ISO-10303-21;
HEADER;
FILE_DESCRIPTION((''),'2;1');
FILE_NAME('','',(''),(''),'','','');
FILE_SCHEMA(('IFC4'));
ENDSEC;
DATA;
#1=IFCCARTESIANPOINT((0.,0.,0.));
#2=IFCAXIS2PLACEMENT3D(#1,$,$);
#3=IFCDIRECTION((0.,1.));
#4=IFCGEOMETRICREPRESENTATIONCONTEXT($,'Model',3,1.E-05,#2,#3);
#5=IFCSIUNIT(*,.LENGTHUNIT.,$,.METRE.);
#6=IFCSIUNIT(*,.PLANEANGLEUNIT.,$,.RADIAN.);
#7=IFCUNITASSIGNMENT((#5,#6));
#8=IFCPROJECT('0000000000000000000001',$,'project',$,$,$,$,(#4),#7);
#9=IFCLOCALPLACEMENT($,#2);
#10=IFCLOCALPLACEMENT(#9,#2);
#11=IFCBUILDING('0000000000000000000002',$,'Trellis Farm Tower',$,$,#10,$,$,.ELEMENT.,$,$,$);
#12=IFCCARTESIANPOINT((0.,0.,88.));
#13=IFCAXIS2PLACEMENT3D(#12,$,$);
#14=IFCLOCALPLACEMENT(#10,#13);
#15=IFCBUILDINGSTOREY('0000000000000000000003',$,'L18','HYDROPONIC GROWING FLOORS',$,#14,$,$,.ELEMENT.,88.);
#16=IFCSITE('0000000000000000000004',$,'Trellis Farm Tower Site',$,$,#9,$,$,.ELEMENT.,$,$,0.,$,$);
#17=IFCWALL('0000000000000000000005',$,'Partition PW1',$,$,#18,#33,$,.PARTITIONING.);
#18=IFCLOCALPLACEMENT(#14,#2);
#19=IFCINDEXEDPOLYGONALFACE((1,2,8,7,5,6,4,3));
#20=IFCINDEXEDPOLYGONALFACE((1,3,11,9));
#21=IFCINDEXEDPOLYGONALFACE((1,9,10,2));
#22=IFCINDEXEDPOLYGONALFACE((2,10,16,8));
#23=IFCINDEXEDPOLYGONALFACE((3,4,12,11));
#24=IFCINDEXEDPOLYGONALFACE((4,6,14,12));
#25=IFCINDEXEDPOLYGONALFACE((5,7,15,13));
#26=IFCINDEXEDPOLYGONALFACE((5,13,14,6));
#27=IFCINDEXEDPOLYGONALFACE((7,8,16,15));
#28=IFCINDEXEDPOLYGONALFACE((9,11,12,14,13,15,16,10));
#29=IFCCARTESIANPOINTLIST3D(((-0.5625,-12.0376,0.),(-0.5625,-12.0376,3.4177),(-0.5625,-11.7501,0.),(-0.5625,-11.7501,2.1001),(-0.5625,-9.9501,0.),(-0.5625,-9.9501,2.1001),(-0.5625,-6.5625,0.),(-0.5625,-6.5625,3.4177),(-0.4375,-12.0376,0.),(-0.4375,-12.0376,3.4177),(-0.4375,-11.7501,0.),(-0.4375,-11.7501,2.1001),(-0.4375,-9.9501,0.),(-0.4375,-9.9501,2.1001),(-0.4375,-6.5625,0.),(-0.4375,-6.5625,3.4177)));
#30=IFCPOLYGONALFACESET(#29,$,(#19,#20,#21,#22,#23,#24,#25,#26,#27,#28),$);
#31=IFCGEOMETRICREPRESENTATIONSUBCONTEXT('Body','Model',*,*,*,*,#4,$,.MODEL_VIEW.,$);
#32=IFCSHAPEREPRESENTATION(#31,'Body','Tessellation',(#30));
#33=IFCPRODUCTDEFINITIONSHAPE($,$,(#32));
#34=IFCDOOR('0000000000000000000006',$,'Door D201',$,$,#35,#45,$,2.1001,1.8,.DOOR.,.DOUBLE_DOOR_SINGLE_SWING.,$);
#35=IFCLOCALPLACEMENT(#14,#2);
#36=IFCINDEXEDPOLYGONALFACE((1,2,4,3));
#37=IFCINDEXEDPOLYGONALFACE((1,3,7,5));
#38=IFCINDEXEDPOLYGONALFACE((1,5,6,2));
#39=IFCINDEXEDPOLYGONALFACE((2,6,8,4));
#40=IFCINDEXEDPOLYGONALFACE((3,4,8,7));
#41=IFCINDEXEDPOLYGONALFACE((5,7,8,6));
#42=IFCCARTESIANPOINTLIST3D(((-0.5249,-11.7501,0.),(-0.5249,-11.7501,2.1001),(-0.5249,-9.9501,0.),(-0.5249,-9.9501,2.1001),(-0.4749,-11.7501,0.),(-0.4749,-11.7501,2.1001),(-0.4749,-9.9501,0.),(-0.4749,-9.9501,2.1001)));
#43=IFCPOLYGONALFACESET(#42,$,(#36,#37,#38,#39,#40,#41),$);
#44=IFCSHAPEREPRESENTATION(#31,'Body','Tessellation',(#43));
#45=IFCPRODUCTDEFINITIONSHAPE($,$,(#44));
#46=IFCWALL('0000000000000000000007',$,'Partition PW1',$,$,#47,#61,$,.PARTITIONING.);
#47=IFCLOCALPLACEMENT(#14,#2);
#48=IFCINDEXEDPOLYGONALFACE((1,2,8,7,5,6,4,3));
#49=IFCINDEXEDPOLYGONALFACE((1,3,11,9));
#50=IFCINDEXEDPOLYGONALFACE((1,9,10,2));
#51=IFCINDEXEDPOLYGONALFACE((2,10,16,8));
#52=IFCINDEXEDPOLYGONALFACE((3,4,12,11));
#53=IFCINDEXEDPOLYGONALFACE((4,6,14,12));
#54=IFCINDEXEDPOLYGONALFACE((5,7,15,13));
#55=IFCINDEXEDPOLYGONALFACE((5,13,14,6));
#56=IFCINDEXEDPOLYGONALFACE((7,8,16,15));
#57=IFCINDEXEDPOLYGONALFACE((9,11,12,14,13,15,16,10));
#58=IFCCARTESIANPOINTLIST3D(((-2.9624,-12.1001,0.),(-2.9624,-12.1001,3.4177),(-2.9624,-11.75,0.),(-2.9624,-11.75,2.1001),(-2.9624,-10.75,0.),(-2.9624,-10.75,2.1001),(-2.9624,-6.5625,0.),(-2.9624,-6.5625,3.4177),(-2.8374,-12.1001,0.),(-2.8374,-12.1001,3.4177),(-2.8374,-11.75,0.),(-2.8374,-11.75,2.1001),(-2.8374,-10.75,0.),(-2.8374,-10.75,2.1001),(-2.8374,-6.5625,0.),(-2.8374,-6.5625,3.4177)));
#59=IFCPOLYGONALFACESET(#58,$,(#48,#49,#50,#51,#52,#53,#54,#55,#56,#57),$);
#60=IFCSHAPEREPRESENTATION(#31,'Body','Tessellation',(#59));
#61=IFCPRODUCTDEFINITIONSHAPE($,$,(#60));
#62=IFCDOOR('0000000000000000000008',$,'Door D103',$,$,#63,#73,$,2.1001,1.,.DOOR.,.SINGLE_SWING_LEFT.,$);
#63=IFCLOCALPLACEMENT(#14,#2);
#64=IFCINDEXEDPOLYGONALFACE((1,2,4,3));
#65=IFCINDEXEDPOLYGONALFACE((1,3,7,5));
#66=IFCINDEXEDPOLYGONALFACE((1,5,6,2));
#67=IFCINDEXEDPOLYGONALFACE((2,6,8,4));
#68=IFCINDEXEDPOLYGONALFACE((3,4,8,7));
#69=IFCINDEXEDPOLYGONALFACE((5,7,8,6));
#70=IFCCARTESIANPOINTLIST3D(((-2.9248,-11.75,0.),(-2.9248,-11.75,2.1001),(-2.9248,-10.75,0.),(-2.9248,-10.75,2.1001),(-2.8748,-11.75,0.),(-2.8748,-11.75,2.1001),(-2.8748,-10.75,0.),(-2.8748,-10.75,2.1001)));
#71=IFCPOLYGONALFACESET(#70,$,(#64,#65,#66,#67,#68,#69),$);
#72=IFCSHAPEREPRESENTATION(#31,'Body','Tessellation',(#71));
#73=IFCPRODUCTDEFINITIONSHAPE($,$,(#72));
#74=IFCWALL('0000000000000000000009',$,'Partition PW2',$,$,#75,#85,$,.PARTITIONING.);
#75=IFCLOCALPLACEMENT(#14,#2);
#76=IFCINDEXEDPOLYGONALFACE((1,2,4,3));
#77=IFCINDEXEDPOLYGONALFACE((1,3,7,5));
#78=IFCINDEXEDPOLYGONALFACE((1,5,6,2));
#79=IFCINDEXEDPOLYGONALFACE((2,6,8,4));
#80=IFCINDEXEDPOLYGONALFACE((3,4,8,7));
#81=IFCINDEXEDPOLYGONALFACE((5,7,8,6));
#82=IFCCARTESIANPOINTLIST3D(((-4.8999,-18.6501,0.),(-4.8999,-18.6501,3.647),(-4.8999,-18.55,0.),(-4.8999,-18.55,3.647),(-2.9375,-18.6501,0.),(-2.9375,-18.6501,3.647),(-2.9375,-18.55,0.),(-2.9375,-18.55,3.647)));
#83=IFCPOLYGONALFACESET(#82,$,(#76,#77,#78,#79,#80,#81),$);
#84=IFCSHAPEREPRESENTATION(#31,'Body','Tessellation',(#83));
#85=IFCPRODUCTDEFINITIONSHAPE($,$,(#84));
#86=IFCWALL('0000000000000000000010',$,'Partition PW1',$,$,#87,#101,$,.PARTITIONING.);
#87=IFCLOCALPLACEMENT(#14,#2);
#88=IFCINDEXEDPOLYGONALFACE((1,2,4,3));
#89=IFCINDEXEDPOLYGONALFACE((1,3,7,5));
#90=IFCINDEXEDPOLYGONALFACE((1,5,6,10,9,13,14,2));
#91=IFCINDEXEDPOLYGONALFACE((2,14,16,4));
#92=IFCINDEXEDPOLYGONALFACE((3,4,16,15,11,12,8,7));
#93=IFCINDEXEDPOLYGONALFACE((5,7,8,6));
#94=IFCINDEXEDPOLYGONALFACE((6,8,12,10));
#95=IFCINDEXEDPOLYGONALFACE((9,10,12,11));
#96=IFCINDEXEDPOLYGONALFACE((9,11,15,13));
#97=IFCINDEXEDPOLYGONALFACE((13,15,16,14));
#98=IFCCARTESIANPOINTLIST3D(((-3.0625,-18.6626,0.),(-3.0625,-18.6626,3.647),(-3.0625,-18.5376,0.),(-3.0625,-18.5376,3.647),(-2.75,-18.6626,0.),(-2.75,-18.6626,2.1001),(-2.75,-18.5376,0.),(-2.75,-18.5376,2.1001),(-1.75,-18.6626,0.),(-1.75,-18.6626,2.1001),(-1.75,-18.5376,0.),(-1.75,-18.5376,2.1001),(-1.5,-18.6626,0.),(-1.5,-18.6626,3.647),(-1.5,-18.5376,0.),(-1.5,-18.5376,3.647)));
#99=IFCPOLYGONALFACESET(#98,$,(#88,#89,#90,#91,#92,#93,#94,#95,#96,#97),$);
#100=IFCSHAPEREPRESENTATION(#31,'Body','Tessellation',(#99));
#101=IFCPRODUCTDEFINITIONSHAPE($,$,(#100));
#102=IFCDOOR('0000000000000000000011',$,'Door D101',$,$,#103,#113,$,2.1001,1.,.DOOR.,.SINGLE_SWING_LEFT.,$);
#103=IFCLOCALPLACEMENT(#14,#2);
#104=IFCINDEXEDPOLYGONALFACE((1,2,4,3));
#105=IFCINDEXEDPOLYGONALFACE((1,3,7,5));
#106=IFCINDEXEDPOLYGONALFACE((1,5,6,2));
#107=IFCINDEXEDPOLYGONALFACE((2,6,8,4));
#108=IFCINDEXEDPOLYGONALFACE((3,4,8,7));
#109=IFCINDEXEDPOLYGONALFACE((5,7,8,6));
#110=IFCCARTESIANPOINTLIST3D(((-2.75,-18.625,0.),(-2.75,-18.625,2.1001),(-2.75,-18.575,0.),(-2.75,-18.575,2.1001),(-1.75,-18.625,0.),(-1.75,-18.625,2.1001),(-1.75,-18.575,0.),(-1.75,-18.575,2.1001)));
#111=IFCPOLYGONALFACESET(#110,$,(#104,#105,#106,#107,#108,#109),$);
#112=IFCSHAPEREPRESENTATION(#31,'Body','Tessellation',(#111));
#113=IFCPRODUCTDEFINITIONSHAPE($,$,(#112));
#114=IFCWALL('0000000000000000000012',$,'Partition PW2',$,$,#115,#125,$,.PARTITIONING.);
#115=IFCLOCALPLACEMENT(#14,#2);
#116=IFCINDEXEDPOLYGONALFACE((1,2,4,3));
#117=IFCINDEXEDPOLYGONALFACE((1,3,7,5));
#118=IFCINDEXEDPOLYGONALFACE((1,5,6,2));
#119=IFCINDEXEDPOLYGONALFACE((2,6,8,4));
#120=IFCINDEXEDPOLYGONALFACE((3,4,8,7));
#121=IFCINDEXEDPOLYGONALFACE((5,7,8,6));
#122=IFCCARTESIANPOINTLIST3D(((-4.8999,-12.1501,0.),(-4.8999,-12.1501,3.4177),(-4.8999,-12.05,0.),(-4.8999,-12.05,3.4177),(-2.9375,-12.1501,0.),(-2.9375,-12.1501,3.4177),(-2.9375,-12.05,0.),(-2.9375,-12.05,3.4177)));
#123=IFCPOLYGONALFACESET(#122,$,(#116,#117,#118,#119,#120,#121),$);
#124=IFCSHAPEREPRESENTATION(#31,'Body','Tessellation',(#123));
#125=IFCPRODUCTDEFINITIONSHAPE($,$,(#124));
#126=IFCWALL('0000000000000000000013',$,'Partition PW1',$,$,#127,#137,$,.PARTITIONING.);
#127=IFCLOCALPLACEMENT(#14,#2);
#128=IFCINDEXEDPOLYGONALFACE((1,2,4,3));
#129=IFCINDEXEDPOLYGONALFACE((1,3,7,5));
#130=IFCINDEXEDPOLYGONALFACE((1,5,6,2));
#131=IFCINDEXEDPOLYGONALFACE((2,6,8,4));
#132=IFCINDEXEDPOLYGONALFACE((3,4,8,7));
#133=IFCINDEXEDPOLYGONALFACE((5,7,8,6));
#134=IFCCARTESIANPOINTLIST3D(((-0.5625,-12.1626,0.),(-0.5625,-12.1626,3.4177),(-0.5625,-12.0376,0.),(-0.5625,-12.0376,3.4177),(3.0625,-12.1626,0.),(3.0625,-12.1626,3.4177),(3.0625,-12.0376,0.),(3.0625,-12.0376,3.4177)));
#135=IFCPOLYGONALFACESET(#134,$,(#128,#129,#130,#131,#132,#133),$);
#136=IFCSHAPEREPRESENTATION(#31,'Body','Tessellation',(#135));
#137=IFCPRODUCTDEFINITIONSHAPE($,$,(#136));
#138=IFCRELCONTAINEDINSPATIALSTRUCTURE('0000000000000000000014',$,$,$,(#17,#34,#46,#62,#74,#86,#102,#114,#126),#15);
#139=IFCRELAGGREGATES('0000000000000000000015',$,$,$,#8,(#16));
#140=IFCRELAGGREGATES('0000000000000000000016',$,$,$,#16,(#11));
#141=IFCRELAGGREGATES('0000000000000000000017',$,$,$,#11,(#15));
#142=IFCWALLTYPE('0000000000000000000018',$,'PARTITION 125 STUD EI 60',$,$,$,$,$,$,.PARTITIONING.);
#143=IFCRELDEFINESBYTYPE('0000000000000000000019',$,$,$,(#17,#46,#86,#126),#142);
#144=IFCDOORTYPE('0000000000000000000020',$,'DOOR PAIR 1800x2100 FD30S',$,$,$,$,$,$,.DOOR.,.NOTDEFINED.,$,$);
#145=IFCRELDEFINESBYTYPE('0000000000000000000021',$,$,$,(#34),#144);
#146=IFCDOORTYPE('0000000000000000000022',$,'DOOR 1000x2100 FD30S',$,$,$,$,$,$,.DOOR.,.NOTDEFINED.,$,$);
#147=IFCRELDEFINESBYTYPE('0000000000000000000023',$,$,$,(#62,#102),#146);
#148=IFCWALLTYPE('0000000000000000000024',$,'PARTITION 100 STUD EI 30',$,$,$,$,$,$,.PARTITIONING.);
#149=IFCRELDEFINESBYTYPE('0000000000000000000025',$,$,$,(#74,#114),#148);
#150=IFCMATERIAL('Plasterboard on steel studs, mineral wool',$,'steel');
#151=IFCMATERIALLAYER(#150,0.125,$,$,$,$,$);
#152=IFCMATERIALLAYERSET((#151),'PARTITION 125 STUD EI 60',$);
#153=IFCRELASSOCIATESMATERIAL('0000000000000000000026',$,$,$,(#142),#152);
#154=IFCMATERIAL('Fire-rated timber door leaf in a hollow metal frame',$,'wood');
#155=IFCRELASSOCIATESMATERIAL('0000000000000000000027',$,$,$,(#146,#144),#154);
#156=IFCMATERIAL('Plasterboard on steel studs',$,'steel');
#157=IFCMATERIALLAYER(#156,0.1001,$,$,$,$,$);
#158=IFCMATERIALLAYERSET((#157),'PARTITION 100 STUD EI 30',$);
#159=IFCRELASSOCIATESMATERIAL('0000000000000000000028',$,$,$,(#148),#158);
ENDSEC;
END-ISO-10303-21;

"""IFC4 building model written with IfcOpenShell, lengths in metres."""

from ifc_helpers import new_model, si_unit, direction, frame, frame_2d, origin, place, context, subcontext, project, spatial, rectangle, extrude, source, transform, mapped, material, layer, layer_set, type_object, element, fill, save


model = new_model("IFC4")

# Units and contexts
model_context = context("Model", 3, precision=1e-05, world=origin(), true_north=direction((0.0, 1.0)))
body_context = subcontext(model_context, "Body", "Model", "MODEL_VIEW")
ifc_project = project(units=[si_unit("LENGTHUNIT", "METRE"), si_unit("PLANEANGLEUNIT", "RADIAN")], contexts=[model_context])

# Site, building, storey
site_placement = place(None, origin())
site = spatial("IfcSite", under=ifc_project, at=site_placement, Name="Trellis Farm Tower Site", CompositionType="ELEMENT", RefElevation=0.0)
building_placement = place(site_placement, origin())
building = spatial("IfcBuilding", under=site, at=building_placement, Name="Trellis Farm Tower", CompositionType="ELEMENT")
storey_placement = place(building_placement, frame((0.0, 0.0, 88.0)))
storey = spatial("IfcBuildingStorey", under=building, at=storey_placement, Name="L18", Description="HYDROPONIC GROWING FLOORS", CompositionType="ELEMENT", Elevation=88.0)

# Shared definitions
ifc_material_1 = material(Name="Plasterboard on steel studs, mineral wool", Category="steel")
ifc_layer_1 = layer(ifc_material_1, 0.125)
ifc_layer_set_1 = layer_set([ifc_layer_1], Name="PARTITION 125 STUD EI 60")
wall_type_1 = type_object("IfcWallType", Name="PARTITION 125 STUD EI 60", PredefinedType="PARTITIONING", material=ifc_layer_set_1)
shared_shape_1 = source(origin(), body_context, "Body", "SweptSolid", [
    extrude(rectangle(XDim=1.0, YDim=2.1001, at=frame_2d((0.5, 1.05))), frame((0.0, 0.0725, 0.0), z_axis=(0.0, -1.0, 0.0), x_axis=(1.0, 0.0, 0.0)), (0.0, 0.0, 1.0), 0.145),
])
ifc_material_2 = material(Name="Fire-rated timber door leaf in a hollow metal frame", Category="wood")
door_type_1 = type_object("IfcDoorType", Name="DOOR 1000x2100 FD30S", OperationType="NOTDEFINED", PredefinedType="DOOR", material=ifc_material_2)
shared_shape_2 = source(origin(), body_context, "Body", "SweptSolid", [
    extrude(rectangle(XDim=1.0, YDim=2.1001, at=frame_2d((0.5, 1.05))), frame((0.0, 0.0249, 0.0), z_axis=(0.0, -1.0, 0.0), x_axis=(1.0, 0.0, 0.0)), (0.0, 0.0, 1.0), 0.05),
])

# Walls, openings, doors
shared_shape_3 = source(origin(), body_context, "Body", "SweptSolid", [
    extrude(rectangle(XDim=5.4751, YDim=0.125, at=frame_2d((2.7375, 0.0))), origin(), (0.0, 0.0, 1.0), 3.4177),
])
wall_1_placement = place(storey_placement, frame((-0.5, -12.0376, 0.0), z_axis=(0.0, 0.0, 1.0), x_axis=(0.0, 1.0, 0.0)))
wall_1 = element("IfcWall", 1, at=wall_1_placement, inside=storey, type_object=wall_type_1, Name="Partition PW1", PredefinedType="PARTITIONING", context=body_context, shape_type="MappedRepresentation", body=[
    mapped(shared_shape_3, transform((0.0, 0.0, 0.0))),
])
shared_shape_4 = source(origin(), body_context, "Body", "SweptSolid", [
    extrude(rectangle(XDim=1.8, YDim=2.1001, at=frame_2d((0.8999, 1.05))), frame((0.0, 0.0725, 0.0), z_axis=(0.0, -1.0, 0.0), x_axis=(1.0, 0.0, 0.0)), (0.0, 0.0, 1.0), 0.145),
])
opening_1_placement = place(wall_1_placement, frame((0.2876, 0.0, 0.0)))
opening_1 = element("IfcOpeningElement", 2, at=opening_1_placement, cuts=wall_1, PredefinedType="OPENING", context=body_context, shape_type="MappedRepresentation", body=[
    mapped(shared_shape_4, transform((0.0, 0.0, 0.0))),
])
door_type_2 = type_object("IfcDoorType", Name="DOOR PAIR 1800x2100 FD30S", OperationType="NOTDEFINED", PredefinedType="DOOR", material=ifc_material_2)
shared_shape_5 = source(origin(), body_context, "Body", "SweptSolid", [
    extrude(rectangle(XDim=1.8, YDim=2.1001, at=frame_2d((0.8999, 1.05))), frame((0.0, 0.0249, 0.0), z_axis=(0.0, -1.0, 0.0), x_axis=(1.0, 0.0, 0.0)), (0.0, 0.0, 1.0), 0.05),
])
door_1_placement = place(opening_1_placement, origin())
door_1 = element("IfcDoor", 3, at=door_1_placement, inside=storey, type_object=door_type_2, Name="Door D201", OperationType="DOUBLE_DOOR_SINGLE_SWING", OverallHeight=2.1001, OverallWidth=1.8, PredefinedType="DOOR", context=body_context, shape_type="MappedRepresentation", body=[
    mapped(shared_shape_5, transform((0.0, 0.0, 0.0))),
])
fill(opening_1, door_1)
shared_shape_6 = source(origin(), body_context, "Body", "SweptSolid", [
    extrude(rectangle(XDim=5.5376, YDim=0.125, at=frame_2d((2.7688, 0.0))), origin(), (0.0, 0.0, 1.0), 3.4177),
])
wall_2_placement = place(storey_placement, frame((-2.8999, -12.1001, 0.0), z_axis=(0.0, 0.0, 1.0), x_axis=(0.0, 1.0, 0.0)))
wall_2 = element("IfcWall", 4, at=wall_2_placement, inside=storey, type_object=wall_type_1, Name="Partition PW1", PredefinedType="PARTITIONING", context=body_context, shape_type="MappedRepresentation", body=[
    mapped(shared_shape_6, transform((0.0, 0.0, 0.0))),
])
opening_2_placement = place(wall_2_placement, frame((0.3501, 0.0, 0.0)))
opening_2 = element("IfcOpeningElement", 5, at=opening_2_placement, cuts=wall_2, PredefinedType="OPENING", context=body_context, shape_type="MappedRepresentation", body=[
    mapped(shared_shape_1, transform((0.0, 0.0, 0.0))),
])
door_2_placement = place(opening_2_placement, origin())
door_2 = element("IfcDoor", 6, at=door_2_placement, inside=storey, type_object=door_type_1, Name="Door D103", OperationType="SINGLE_SWING_LEFT", OverallHeight=2.1001, OverallWidth=1.0, PredefinedType="DOOR", context=body_context, shape_type="MappedRepresentation", body=[
    mapped(shared_shape_2, transform((0.0, 0.0, 0.0))),
])
fill(opening_2, door_2)

# Wall
ifc_material_3 = material(Name="Plasterboard on steel studs", Category="steel")
ifc_layer_2 = layer(ifc_material_3, 0.1001)
ifc_layer_set_2 = layer_set([ifc_layer_2], Name="PARTITION 100 STUD EI 30")
wall_type_2 = type_object("IfcWallType", Name="PARTITION 100 STUD EI 30", PredefinedType="PARTITIONING", material=ifc_layer_set_2)
shared_shape_7 = source(origin(), body_context, "Body", "SweptSolid", [
    extrude(rectangle(XDim=1.9624, YDim=0.1001, at=frame_2d((0.9812, 0.0))), origin(), (0.0, 0.0, 1.0), 3.647),
])
wall_3_placement = place(storey_placement, frame((-4.8999, -18.6001, 0.0), z_axis=(0.0, 0.0, 1.0), x_axis=(1.0, 0.0, 0.0)))
element("IfcWall", 7, at=wall_3_placement, inside=storey, type_object=wall_type_2, Name="Partition PW2", PredefinedType="PARTITIONING", context=body_context, shape_type="MappedRepresentation", body=[
    mapped(shared_shape_7, transform((0.0, 0.0, 0.0))),
])

# Wall, opening, door
shared_shape_8 = source(origin(), body_context, "Body", "SweptSolid", [
    extrude(rectangle(XDim=1.5625, YDim=0.125, at=frame_2d((0.7812, 0.0))), origin(), (0.0, 0.0, 1.0), 3.647),
])
wall_4_placement = place(storey_placement, frame((-1.5, -18.6001, 0.0), z_axis=(0.0, 0.0, 1.0), x_axis=(-1.0, 0.0, 0.0)))
wall_4 = element("IfcWall", 8, at=wall_4_placement, inside=storey, type_object=wall_type_1, Name="Partition PW1", PredefinedType="PARTITIONING", context=body_context, shape_type="MappedRepresentation", body=[
    mapped(shared_shape_8, transform((0.0, 0.0, 0.0))),
])
opening_3_placement = place(wall_4_placement, frame((0.25, 0.0, 0.0)))
opening_3 = element("IfcOpeningElement", 9, at=opening_3_placement, cuts=wall_4, PredefinedType="OPENING", context=body_context, shape_type="MappedRepresentation", body=[
    mapped(shared_shape_1, transform((0.0, 0.0, 0.0))),
])
door_3_placement = place(opening_3_placement, origin())
door_3 = element("IfcDoor", 10, at=door_3_placement, inside=storey, type_object=door_type_1, Name="Door D101", OperationType="SINGLE_SWING_LEFT", OverallHeight=2.1001, OverallWidth=1.0, PredefinedType="DOOR", context=body_context, shape_type="MappedRepresentation", body=[
    mapped(shared_shape_2, transform((0.0, 0.0, 0.0))),
])
fill(opening_3, door_3)

# Walls
shared_shape_9 = source(origin(), body_context, "Body", "SweptSolid", [
    extrude(rectangle(XDim=1.9624, YDim=0.1001, at=frame_2d((0.9812, 0.0))), origin(), (0.0, 0.0, 1.0), 3.4177),
])
wall_5_placement = place(storey_placement, frame((-4.8999, -12.1001, 0.0), z_axis=(0.0, 0.0, 1.0), x_axis=(1.0, 0.0, 0.0)))
element("IfcWall", 11, at=wall_5_placement, inside=storey, type_object=wall_type_2, Name="Partition PW2", PredefinedType="PARTITIONING", context=body_context, shape_type="MappedRepresentation", body=[
    mapped(shared_shape_9, transform((0.0, 0.0, 0.0))),
])
shared_shape_10 = source(origin(), body_context, "Body", "SweptSolid", [
    extrude(rectangle(XDim=3.625, YDim=0.125, at=frame_2d((1.8125, 0.0))), origin(), (0.0, 0.0, 1.0), 3.4177),
])
wall_6_placement = place(storey_placement, frame((-0.5625, -12.1001, 0.0), z_axis=(0.0, 0.0, 1.0), x_axis=(1.0, 0.0, 0.0)))
element("IfcWall", 12, at=wall_6_placement, inside=storey, type_object=wall_type_1, Name="Partition PW1", PredefinedType="PARTITIONING", context=body_context, shape_type="MappedRepresentation", body=[
    mapped(shared_shape_10, transform((0.0, 0.0, 0.0))),
])

save(model, "model.ifc")
